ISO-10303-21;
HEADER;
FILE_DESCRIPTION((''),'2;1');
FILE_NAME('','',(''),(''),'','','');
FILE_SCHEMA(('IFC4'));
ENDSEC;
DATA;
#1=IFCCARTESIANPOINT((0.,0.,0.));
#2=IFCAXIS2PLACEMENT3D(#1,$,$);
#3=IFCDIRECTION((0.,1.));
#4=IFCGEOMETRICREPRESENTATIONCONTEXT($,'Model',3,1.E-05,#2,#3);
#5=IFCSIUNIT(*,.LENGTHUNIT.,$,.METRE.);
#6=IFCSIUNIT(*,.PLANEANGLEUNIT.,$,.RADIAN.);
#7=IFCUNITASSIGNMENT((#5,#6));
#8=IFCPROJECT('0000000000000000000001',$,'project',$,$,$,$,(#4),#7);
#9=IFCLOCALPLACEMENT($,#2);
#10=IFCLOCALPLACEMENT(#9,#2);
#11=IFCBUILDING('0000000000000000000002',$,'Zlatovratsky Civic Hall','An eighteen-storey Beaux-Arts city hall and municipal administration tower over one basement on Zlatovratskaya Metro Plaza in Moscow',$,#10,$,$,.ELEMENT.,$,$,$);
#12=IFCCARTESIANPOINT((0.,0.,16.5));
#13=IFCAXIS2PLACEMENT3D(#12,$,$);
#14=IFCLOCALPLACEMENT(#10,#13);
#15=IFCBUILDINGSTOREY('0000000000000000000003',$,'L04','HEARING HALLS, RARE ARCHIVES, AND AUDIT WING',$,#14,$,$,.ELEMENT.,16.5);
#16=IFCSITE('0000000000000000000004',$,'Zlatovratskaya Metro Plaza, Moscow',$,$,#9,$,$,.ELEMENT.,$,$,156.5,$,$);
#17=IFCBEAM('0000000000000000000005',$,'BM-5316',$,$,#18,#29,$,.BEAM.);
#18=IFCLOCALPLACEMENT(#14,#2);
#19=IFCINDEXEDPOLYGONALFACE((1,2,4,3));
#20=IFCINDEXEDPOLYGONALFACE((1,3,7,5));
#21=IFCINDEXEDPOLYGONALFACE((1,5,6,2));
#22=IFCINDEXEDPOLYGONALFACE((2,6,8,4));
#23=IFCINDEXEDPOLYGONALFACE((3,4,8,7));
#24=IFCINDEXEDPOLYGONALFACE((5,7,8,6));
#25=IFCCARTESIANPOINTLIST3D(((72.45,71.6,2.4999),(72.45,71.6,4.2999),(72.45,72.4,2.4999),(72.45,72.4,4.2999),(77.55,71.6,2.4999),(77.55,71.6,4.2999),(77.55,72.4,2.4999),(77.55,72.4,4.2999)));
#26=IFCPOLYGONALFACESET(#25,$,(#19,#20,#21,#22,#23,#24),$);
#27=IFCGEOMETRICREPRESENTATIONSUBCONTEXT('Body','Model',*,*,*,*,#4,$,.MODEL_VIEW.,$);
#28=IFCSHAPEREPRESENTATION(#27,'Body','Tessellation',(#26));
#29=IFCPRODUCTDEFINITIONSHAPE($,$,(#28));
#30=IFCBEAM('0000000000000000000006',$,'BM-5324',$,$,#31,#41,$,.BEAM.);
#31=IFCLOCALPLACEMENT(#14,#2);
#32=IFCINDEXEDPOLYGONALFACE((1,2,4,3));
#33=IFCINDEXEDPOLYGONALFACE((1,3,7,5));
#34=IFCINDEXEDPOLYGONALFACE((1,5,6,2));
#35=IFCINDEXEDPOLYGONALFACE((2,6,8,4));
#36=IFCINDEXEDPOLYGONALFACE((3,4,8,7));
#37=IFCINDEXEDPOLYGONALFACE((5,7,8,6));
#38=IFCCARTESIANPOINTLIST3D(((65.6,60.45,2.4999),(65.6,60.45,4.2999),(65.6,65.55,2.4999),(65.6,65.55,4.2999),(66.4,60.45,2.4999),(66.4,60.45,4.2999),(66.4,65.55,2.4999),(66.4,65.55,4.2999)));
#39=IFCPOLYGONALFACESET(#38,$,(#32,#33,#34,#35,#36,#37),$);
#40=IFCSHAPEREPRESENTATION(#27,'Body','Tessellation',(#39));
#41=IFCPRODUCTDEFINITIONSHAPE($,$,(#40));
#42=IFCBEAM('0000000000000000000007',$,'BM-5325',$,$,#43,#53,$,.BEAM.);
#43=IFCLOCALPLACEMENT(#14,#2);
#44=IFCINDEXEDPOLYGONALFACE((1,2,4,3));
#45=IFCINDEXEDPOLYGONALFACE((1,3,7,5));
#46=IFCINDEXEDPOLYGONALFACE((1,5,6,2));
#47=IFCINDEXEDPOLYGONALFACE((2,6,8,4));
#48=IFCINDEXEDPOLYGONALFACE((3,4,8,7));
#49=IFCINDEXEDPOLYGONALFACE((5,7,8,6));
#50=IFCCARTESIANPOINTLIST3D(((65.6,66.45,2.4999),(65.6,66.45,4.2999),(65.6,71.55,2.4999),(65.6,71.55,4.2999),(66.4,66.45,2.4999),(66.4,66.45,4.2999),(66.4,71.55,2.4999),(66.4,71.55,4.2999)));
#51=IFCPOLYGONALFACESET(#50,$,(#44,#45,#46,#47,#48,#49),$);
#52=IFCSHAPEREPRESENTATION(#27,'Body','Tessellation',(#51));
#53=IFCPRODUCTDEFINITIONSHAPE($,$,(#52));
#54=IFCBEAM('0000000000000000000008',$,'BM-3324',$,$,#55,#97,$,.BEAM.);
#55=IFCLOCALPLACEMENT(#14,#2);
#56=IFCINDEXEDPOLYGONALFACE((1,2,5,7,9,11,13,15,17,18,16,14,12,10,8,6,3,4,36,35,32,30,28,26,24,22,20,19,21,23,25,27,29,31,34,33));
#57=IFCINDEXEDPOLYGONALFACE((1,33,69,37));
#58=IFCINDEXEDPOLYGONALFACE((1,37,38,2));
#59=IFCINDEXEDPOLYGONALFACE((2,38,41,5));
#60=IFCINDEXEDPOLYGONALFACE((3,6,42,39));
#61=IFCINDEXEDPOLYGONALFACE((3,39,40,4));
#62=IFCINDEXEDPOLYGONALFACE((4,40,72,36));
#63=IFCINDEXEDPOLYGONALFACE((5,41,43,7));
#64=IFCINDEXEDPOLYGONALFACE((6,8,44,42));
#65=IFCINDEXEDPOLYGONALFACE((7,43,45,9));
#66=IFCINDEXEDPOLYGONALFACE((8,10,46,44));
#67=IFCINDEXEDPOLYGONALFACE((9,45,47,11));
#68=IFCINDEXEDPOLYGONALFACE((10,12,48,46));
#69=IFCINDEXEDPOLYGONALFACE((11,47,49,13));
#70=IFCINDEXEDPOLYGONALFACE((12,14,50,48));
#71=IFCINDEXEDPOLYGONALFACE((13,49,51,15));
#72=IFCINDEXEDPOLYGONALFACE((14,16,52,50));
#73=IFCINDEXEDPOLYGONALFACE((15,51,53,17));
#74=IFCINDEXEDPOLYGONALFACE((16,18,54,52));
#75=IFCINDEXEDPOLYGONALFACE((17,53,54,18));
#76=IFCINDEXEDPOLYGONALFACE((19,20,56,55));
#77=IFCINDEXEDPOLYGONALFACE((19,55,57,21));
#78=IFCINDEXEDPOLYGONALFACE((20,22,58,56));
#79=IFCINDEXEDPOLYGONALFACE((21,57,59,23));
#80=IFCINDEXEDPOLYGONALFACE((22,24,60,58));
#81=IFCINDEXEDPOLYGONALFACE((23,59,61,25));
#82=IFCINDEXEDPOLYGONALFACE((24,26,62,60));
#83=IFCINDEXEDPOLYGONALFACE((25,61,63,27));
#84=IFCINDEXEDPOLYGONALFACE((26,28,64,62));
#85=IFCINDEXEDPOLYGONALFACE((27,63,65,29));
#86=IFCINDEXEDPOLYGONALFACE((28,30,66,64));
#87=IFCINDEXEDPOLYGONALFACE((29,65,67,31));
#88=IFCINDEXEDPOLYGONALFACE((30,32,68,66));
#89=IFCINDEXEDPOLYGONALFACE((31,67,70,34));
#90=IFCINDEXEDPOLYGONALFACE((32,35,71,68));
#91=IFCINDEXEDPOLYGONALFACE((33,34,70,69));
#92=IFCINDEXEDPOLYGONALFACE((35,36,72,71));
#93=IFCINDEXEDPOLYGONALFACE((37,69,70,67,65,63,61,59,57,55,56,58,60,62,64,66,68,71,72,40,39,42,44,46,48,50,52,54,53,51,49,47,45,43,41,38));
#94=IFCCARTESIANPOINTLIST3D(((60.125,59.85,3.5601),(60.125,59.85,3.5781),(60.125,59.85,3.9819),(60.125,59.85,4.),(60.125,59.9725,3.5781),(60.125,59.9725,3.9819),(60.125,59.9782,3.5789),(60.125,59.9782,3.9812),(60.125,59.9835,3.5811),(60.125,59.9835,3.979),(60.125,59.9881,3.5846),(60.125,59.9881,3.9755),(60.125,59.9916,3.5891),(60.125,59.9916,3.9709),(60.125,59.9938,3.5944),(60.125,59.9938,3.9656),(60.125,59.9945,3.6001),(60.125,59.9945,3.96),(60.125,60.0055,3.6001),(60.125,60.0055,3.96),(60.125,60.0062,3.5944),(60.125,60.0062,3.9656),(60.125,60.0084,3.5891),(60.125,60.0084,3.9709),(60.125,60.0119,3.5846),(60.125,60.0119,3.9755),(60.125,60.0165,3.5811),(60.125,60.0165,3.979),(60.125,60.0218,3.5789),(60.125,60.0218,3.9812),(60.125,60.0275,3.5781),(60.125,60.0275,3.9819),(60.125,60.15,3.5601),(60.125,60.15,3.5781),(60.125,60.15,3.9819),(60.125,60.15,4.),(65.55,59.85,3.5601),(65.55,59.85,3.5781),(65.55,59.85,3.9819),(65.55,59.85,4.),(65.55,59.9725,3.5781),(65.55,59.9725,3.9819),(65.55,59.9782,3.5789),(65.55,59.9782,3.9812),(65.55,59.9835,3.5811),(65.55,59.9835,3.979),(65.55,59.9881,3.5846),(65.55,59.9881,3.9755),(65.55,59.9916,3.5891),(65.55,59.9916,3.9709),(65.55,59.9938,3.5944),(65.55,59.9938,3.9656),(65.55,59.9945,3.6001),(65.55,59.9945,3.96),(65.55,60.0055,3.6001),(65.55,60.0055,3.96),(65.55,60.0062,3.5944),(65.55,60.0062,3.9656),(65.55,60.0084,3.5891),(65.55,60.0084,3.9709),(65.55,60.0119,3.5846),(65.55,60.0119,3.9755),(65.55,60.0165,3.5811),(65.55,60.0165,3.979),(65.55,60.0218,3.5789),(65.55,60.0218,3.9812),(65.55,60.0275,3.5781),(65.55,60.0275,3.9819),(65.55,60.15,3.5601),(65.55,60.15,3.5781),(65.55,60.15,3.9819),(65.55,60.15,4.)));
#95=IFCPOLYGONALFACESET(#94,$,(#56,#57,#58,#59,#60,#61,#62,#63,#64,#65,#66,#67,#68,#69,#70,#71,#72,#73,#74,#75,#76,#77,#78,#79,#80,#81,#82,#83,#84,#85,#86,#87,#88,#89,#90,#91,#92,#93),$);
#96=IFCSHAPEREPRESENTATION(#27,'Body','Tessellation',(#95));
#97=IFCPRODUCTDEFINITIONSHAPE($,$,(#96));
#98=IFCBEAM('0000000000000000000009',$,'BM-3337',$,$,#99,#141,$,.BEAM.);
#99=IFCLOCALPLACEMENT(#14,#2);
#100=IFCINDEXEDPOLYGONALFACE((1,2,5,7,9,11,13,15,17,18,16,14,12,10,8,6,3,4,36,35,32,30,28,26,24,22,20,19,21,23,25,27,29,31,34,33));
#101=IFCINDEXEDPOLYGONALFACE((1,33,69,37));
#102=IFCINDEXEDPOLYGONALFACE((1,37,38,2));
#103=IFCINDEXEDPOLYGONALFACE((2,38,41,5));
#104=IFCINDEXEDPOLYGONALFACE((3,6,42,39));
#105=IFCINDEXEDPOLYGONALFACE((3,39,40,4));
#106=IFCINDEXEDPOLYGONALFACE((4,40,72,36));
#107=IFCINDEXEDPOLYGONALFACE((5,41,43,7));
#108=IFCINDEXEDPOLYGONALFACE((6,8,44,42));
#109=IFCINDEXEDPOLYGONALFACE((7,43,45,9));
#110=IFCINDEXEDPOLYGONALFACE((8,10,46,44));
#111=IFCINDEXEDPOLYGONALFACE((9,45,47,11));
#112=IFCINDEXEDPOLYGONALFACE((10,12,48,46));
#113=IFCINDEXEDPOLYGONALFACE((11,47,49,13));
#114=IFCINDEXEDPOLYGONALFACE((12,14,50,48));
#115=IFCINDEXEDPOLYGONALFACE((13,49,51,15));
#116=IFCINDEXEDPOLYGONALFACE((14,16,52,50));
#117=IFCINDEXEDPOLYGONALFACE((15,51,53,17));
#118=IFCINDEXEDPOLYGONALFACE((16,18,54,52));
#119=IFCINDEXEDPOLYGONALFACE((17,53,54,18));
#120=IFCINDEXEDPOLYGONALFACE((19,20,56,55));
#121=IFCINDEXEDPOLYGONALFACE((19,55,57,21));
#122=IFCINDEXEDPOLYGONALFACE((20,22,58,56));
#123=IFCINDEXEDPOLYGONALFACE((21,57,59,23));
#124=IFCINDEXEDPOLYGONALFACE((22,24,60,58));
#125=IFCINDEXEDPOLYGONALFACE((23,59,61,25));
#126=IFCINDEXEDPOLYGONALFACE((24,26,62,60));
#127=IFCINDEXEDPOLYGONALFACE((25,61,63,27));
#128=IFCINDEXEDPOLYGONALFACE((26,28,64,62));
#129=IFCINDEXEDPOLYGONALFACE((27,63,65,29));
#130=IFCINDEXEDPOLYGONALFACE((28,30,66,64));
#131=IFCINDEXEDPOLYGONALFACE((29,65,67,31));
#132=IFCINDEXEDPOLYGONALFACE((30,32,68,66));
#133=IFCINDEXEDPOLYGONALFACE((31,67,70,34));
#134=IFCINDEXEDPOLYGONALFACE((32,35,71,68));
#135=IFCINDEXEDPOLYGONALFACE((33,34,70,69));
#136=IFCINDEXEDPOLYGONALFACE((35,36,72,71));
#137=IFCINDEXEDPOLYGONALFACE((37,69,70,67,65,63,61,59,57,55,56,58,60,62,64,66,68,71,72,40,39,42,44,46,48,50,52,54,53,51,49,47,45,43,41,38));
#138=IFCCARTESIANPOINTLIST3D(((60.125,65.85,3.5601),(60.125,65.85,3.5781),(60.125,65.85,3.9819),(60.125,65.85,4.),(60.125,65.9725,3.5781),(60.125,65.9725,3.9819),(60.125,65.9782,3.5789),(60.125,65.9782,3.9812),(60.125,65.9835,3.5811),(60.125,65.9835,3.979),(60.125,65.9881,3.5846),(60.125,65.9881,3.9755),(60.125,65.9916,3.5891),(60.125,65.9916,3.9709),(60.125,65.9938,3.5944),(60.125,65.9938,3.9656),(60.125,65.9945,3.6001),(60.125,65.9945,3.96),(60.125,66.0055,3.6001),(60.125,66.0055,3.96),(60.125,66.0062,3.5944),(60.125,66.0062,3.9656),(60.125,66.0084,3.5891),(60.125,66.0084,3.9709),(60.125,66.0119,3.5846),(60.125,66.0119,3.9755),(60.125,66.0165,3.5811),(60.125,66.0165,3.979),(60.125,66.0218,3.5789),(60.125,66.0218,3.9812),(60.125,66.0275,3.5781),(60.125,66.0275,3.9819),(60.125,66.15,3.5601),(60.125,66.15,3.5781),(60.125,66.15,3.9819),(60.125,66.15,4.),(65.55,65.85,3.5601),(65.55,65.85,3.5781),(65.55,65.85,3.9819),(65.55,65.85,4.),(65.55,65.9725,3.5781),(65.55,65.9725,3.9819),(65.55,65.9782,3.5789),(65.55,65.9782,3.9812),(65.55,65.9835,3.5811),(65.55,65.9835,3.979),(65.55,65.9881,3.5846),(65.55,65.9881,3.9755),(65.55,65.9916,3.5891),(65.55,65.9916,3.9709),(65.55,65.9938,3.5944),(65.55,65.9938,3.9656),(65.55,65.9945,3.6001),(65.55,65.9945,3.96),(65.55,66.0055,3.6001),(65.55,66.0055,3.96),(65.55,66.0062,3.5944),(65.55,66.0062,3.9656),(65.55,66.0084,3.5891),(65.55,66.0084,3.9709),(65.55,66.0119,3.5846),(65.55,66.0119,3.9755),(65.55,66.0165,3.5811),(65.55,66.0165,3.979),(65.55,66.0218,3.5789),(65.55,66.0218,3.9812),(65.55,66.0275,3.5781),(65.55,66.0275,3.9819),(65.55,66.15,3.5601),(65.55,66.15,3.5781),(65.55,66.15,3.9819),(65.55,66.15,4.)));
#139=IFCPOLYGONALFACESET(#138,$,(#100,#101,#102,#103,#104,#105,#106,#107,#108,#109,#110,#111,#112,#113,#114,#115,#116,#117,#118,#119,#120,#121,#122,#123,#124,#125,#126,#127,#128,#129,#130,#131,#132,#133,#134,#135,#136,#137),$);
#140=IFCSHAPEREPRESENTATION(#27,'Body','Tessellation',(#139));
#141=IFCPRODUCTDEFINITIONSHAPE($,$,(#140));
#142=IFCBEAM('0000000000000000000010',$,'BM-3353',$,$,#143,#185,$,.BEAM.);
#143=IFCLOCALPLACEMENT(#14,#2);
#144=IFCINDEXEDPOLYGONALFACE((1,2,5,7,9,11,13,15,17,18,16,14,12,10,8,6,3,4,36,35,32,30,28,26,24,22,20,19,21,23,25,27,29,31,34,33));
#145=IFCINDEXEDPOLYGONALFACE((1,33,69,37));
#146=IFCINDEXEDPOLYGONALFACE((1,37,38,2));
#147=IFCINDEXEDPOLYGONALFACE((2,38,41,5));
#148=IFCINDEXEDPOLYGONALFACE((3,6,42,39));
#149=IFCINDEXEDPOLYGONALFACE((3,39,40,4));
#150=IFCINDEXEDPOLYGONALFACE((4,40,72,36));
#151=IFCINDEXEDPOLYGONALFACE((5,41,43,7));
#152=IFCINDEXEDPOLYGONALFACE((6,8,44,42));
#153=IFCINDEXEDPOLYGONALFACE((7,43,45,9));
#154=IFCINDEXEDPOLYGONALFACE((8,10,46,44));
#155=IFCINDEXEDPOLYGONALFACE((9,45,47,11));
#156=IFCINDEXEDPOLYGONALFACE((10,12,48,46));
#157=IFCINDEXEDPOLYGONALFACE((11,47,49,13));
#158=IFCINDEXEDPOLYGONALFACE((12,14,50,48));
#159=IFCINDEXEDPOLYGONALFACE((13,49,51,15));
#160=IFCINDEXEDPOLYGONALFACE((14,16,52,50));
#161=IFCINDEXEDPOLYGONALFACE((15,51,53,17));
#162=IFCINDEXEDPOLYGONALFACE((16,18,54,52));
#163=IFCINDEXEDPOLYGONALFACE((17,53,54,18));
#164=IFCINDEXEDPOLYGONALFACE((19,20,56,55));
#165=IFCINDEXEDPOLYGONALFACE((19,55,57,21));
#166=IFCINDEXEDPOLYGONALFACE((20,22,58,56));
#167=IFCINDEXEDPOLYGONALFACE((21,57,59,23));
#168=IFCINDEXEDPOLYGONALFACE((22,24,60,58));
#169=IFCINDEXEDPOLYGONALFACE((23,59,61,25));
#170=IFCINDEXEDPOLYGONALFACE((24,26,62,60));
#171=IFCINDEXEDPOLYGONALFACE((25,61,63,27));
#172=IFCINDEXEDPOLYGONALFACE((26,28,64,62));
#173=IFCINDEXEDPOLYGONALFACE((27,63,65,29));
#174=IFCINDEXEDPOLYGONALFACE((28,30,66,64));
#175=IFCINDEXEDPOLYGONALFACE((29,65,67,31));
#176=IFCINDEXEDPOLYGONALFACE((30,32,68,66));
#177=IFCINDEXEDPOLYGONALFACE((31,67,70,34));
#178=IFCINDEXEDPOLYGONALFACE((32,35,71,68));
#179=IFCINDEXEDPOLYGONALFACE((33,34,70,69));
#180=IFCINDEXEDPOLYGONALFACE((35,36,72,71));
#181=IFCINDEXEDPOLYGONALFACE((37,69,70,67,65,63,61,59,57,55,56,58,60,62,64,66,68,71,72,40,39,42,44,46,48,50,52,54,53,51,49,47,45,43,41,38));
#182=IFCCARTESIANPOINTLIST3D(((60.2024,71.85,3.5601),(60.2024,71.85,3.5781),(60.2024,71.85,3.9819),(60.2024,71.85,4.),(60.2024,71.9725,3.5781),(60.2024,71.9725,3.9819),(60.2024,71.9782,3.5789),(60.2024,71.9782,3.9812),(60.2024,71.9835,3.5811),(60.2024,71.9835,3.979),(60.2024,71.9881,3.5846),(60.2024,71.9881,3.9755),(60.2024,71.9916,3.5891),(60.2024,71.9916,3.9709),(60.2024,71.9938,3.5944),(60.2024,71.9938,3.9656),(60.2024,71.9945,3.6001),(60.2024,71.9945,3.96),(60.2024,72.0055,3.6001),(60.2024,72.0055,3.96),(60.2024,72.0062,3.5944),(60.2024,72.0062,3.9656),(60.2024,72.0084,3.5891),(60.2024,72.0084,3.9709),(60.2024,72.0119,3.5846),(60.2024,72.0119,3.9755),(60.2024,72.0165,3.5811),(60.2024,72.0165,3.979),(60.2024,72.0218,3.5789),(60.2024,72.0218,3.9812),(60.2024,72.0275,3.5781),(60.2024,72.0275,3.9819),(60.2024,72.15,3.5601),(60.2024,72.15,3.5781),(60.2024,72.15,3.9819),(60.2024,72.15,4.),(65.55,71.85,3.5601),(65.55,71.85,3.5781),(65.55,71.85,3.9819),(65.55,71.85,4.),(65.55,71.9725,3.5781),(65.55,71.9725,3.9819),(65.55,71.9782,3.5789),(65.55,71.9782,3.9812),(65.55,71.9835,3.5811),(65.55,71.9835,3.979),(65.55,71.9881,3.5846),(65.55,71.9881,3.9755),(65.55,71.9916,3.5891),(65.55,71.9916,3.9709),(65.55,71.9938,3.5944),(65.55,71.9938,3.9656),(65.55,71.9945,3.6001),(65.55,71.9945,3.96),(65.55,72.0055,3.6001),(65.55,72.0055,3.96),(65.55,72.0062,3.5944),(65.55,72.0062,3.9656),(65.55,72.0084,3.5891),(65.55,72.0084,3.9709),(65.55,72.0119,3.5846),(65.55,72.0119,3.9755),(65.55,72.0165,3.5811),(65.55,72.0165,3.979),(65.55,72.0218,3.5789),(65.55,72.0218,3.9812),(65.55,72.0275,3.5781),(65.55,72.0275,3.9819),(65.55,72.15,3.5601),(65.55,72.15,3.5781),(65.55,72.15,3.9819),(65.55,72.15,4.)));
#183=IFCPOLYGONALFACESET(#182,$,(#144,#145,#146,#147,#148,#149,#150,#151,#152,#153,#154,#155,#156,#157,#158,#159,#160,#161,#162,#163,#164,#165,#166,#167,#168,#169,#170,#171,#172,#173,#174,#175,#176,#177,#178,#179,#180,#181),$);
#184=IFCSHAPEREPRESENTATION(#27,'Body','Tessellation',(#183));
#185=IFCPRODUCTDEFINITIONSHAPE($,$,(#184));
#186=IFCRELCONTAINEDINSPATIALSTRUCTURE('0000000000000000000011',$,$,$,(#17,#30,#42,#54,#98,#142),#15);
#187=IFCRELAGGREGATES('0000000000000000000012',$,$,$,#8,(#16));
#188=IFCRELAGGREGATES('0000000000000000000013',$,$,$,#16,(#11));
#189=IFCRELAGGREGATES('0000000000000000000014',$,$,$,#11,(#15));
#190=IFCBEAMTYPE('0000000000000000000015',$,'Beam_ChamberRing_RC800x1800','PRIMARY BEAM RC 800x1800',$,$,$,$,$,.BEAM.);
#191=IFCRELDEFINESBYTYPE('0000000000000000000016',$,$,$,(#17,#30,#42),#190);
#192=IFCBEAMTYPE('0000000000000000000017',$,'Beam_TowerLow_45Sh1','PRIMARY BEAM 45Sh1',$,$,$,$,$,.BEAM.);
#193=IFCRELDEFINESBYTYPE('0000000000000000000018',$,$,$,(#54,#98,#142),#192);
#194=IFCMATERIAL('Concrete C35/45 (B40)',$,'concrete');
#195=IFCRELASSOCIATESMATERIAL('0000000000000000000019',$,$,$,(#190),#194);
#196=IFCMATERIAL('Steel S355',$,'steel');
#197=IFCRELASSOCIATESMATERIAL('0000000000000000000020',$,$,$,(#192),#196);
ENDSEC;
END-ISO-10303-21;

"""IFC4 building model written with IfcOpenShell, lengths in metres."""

from ifc_helpers import new_model, si_unit, direction, frame, origin, origin_2d, place, context, subcontext, project, spatial, rectangle, i_section, extrude, material, material_profile, profile_set, type_object, element, save


model = new_model("IFC4")

# Units and contexts
model_context = context("Model", 3, precision=1e-05, world=origin(), true_north=direction((0.0, 1.0)))
body_context = subcontext(model_context, "Body", "Model", "MODEL_VIEW")
ifc_project = project(units=[si_unit("LENGTHUNIT", "METRE"), si_unit("PLANEANGLEUNIT", "RADIAN")], contexts=[model_context])

# Site, building, storey
site_placement = place(None, origin())
site = spatial("IfcSite", under=ifc_project, at=site_placement, Name="Zlatovratskaya Metro Plaza, Moscow", CompositionType="ELEMENT", RefElevation=156.5)
building_placement = place(site_placement, origin())
building = spatial("IfcBuilding", under=site, at=building_placement, Name="Zlatovratsky Civic Hall", Description="An eighteen-storey Beaux-Arts city hall and municipal administration tower over one basement on Zlatovratskaya Metro Plaza in Moscow", CompositionType="ELEMENT")
storey_placement = place(building_placement, frame((0.0, 0.0, 16.5)))
storey = spatial("IfcBuildingStorey", under=building, at=storey_placement, Name="L04", Description="HEARING HALLS, RARE ARCHIVES, AND AUDIT WING", CompositionType="ELEMENT", Elevation=16.5)

# Shared definitions
ifc_material_1 = material(Name="Concrete C35/45 (B40)", Category="concrete")
ifc_material_2 = material(Name="Steel S355", Category="steel")

# Beams
ifc_material_profile_1 = material_profile(ifc_material_1, rectangle(XDim=0.8, YDim=1.8, at=origin_2d()), Name="RC 800x1800")
ifc_profile_set_1 = profile_set([ifc_material_profile_1], Name="Concrete C35/45 (B40)")
beam_type_1 = type_object("IfcBeamType", Name="Beam_ChamberRing_RC800x1800", Description="PRIMARY BEAM RC 800x1800", PredefinedType="BEAM", material=ifc_profile_set_1)
for number, where, z_axis, x_axis, name in (
    (1, (72.45, 72.0, 3.3999), (1.0, 0.0, 0.0), (0.0, 1.0, 0.0), "BM-5316"),
    (2, (66.0, 60.45, 3.3999), (0.0, 1.0, 0.0), (-1.0, 0.0, 0.0), "BM-5324"),
    (3, (66.0, 66.45, 3.3999), (0.0, 1.0, 0.0), (-1.0, 0.0, 0.0), "BM-5325"),
):
    element("IfcBeam", number, at=place(storey_placement, frame(where, z_axis=z_axis, x_axis=x_axis)), inside=storey, type_object=beam_type_1, Name=name, PredefinedType="BEAM", context=body_context, shape_type="SweptSolid", body=[
        extrude(rectangle(XDim=0.8, YDim=1.8, at=origin_2d()), origin(), (0.0, 0.0, 1.0), 5.1001),
    ])
ifc_material_profile_2 = material_profile(ifc_material_2, i_section(OverallWidth=0.3, OverallDepth=0.4399, WebThickness=0.011, FlangeThickness=0.0181, FilletRadius=0.022, at=origin_2d()), Name="45Sh1")
ifc_profile_set_2 = profile_set([ifc_material_profile_2], Name="Steel S355")
beam_type_2 = type_object("IfcBeamType", Name="Beam_TowerLow_45Sh1", Description="PRIMARY BEAM 45Sh1", PredefinedType="BEAM", material=ifc_profile_set_2)
for number, where, z_axis, x_axis, name in (
    (4, (60.125, 60.0, 3.78), (1.0, 0.0, 0.0), (0.0, 1.0, 0.0), "BM-3324"),
    (5, (60.125, 66.0, 3.78), (1.0, 0.0, 0.0), (0.0, 1.0, 0.0), "BM-3337"),
):
    element("IfcBeam", number, at=place(storey_placement, frame(where, z_axis=z_axis, x_axis=x_axis)), inside=storey, type_object=beam_type_2, Name=name, PredefinedType="BEAM", context=body_context, shape_type="SweptSolid", body=[
        extrude(i_section(OverallWidth=0.3, OverallDepth=0.4399, WebThickness=0.011, FlangeThickness=0.0181, FilletRadius=0.022, at=origin_2d()), origin(), (0.0, 0.0, 1.0), 5.425),
    ])
beam_1_placement = place(storey_placement, frame((60.2024, 72.0, 3.78), z_axis=(1.0, 0.0, 0.0), x_axis=(0.0, 1.0, 0.0)))
element("IfcBeam", 6, at=beam_1_placement, inside=storey, type_object=beam_type_2, Name="BM-3353", PredefinedType="BEAM", context=body_context, shape_type="SweptSolid", body=[
    extrude(i_section(OverallWidth=0.3, OverallDepth=0.4399, WebThickness=0.011, FlangeThickness=0.0181, FilletRadius=0.022, at=origin_2d()), origin(), (0.0, 0.0, 1.0), 5.3477),
])

save(model, "model.ifc")
